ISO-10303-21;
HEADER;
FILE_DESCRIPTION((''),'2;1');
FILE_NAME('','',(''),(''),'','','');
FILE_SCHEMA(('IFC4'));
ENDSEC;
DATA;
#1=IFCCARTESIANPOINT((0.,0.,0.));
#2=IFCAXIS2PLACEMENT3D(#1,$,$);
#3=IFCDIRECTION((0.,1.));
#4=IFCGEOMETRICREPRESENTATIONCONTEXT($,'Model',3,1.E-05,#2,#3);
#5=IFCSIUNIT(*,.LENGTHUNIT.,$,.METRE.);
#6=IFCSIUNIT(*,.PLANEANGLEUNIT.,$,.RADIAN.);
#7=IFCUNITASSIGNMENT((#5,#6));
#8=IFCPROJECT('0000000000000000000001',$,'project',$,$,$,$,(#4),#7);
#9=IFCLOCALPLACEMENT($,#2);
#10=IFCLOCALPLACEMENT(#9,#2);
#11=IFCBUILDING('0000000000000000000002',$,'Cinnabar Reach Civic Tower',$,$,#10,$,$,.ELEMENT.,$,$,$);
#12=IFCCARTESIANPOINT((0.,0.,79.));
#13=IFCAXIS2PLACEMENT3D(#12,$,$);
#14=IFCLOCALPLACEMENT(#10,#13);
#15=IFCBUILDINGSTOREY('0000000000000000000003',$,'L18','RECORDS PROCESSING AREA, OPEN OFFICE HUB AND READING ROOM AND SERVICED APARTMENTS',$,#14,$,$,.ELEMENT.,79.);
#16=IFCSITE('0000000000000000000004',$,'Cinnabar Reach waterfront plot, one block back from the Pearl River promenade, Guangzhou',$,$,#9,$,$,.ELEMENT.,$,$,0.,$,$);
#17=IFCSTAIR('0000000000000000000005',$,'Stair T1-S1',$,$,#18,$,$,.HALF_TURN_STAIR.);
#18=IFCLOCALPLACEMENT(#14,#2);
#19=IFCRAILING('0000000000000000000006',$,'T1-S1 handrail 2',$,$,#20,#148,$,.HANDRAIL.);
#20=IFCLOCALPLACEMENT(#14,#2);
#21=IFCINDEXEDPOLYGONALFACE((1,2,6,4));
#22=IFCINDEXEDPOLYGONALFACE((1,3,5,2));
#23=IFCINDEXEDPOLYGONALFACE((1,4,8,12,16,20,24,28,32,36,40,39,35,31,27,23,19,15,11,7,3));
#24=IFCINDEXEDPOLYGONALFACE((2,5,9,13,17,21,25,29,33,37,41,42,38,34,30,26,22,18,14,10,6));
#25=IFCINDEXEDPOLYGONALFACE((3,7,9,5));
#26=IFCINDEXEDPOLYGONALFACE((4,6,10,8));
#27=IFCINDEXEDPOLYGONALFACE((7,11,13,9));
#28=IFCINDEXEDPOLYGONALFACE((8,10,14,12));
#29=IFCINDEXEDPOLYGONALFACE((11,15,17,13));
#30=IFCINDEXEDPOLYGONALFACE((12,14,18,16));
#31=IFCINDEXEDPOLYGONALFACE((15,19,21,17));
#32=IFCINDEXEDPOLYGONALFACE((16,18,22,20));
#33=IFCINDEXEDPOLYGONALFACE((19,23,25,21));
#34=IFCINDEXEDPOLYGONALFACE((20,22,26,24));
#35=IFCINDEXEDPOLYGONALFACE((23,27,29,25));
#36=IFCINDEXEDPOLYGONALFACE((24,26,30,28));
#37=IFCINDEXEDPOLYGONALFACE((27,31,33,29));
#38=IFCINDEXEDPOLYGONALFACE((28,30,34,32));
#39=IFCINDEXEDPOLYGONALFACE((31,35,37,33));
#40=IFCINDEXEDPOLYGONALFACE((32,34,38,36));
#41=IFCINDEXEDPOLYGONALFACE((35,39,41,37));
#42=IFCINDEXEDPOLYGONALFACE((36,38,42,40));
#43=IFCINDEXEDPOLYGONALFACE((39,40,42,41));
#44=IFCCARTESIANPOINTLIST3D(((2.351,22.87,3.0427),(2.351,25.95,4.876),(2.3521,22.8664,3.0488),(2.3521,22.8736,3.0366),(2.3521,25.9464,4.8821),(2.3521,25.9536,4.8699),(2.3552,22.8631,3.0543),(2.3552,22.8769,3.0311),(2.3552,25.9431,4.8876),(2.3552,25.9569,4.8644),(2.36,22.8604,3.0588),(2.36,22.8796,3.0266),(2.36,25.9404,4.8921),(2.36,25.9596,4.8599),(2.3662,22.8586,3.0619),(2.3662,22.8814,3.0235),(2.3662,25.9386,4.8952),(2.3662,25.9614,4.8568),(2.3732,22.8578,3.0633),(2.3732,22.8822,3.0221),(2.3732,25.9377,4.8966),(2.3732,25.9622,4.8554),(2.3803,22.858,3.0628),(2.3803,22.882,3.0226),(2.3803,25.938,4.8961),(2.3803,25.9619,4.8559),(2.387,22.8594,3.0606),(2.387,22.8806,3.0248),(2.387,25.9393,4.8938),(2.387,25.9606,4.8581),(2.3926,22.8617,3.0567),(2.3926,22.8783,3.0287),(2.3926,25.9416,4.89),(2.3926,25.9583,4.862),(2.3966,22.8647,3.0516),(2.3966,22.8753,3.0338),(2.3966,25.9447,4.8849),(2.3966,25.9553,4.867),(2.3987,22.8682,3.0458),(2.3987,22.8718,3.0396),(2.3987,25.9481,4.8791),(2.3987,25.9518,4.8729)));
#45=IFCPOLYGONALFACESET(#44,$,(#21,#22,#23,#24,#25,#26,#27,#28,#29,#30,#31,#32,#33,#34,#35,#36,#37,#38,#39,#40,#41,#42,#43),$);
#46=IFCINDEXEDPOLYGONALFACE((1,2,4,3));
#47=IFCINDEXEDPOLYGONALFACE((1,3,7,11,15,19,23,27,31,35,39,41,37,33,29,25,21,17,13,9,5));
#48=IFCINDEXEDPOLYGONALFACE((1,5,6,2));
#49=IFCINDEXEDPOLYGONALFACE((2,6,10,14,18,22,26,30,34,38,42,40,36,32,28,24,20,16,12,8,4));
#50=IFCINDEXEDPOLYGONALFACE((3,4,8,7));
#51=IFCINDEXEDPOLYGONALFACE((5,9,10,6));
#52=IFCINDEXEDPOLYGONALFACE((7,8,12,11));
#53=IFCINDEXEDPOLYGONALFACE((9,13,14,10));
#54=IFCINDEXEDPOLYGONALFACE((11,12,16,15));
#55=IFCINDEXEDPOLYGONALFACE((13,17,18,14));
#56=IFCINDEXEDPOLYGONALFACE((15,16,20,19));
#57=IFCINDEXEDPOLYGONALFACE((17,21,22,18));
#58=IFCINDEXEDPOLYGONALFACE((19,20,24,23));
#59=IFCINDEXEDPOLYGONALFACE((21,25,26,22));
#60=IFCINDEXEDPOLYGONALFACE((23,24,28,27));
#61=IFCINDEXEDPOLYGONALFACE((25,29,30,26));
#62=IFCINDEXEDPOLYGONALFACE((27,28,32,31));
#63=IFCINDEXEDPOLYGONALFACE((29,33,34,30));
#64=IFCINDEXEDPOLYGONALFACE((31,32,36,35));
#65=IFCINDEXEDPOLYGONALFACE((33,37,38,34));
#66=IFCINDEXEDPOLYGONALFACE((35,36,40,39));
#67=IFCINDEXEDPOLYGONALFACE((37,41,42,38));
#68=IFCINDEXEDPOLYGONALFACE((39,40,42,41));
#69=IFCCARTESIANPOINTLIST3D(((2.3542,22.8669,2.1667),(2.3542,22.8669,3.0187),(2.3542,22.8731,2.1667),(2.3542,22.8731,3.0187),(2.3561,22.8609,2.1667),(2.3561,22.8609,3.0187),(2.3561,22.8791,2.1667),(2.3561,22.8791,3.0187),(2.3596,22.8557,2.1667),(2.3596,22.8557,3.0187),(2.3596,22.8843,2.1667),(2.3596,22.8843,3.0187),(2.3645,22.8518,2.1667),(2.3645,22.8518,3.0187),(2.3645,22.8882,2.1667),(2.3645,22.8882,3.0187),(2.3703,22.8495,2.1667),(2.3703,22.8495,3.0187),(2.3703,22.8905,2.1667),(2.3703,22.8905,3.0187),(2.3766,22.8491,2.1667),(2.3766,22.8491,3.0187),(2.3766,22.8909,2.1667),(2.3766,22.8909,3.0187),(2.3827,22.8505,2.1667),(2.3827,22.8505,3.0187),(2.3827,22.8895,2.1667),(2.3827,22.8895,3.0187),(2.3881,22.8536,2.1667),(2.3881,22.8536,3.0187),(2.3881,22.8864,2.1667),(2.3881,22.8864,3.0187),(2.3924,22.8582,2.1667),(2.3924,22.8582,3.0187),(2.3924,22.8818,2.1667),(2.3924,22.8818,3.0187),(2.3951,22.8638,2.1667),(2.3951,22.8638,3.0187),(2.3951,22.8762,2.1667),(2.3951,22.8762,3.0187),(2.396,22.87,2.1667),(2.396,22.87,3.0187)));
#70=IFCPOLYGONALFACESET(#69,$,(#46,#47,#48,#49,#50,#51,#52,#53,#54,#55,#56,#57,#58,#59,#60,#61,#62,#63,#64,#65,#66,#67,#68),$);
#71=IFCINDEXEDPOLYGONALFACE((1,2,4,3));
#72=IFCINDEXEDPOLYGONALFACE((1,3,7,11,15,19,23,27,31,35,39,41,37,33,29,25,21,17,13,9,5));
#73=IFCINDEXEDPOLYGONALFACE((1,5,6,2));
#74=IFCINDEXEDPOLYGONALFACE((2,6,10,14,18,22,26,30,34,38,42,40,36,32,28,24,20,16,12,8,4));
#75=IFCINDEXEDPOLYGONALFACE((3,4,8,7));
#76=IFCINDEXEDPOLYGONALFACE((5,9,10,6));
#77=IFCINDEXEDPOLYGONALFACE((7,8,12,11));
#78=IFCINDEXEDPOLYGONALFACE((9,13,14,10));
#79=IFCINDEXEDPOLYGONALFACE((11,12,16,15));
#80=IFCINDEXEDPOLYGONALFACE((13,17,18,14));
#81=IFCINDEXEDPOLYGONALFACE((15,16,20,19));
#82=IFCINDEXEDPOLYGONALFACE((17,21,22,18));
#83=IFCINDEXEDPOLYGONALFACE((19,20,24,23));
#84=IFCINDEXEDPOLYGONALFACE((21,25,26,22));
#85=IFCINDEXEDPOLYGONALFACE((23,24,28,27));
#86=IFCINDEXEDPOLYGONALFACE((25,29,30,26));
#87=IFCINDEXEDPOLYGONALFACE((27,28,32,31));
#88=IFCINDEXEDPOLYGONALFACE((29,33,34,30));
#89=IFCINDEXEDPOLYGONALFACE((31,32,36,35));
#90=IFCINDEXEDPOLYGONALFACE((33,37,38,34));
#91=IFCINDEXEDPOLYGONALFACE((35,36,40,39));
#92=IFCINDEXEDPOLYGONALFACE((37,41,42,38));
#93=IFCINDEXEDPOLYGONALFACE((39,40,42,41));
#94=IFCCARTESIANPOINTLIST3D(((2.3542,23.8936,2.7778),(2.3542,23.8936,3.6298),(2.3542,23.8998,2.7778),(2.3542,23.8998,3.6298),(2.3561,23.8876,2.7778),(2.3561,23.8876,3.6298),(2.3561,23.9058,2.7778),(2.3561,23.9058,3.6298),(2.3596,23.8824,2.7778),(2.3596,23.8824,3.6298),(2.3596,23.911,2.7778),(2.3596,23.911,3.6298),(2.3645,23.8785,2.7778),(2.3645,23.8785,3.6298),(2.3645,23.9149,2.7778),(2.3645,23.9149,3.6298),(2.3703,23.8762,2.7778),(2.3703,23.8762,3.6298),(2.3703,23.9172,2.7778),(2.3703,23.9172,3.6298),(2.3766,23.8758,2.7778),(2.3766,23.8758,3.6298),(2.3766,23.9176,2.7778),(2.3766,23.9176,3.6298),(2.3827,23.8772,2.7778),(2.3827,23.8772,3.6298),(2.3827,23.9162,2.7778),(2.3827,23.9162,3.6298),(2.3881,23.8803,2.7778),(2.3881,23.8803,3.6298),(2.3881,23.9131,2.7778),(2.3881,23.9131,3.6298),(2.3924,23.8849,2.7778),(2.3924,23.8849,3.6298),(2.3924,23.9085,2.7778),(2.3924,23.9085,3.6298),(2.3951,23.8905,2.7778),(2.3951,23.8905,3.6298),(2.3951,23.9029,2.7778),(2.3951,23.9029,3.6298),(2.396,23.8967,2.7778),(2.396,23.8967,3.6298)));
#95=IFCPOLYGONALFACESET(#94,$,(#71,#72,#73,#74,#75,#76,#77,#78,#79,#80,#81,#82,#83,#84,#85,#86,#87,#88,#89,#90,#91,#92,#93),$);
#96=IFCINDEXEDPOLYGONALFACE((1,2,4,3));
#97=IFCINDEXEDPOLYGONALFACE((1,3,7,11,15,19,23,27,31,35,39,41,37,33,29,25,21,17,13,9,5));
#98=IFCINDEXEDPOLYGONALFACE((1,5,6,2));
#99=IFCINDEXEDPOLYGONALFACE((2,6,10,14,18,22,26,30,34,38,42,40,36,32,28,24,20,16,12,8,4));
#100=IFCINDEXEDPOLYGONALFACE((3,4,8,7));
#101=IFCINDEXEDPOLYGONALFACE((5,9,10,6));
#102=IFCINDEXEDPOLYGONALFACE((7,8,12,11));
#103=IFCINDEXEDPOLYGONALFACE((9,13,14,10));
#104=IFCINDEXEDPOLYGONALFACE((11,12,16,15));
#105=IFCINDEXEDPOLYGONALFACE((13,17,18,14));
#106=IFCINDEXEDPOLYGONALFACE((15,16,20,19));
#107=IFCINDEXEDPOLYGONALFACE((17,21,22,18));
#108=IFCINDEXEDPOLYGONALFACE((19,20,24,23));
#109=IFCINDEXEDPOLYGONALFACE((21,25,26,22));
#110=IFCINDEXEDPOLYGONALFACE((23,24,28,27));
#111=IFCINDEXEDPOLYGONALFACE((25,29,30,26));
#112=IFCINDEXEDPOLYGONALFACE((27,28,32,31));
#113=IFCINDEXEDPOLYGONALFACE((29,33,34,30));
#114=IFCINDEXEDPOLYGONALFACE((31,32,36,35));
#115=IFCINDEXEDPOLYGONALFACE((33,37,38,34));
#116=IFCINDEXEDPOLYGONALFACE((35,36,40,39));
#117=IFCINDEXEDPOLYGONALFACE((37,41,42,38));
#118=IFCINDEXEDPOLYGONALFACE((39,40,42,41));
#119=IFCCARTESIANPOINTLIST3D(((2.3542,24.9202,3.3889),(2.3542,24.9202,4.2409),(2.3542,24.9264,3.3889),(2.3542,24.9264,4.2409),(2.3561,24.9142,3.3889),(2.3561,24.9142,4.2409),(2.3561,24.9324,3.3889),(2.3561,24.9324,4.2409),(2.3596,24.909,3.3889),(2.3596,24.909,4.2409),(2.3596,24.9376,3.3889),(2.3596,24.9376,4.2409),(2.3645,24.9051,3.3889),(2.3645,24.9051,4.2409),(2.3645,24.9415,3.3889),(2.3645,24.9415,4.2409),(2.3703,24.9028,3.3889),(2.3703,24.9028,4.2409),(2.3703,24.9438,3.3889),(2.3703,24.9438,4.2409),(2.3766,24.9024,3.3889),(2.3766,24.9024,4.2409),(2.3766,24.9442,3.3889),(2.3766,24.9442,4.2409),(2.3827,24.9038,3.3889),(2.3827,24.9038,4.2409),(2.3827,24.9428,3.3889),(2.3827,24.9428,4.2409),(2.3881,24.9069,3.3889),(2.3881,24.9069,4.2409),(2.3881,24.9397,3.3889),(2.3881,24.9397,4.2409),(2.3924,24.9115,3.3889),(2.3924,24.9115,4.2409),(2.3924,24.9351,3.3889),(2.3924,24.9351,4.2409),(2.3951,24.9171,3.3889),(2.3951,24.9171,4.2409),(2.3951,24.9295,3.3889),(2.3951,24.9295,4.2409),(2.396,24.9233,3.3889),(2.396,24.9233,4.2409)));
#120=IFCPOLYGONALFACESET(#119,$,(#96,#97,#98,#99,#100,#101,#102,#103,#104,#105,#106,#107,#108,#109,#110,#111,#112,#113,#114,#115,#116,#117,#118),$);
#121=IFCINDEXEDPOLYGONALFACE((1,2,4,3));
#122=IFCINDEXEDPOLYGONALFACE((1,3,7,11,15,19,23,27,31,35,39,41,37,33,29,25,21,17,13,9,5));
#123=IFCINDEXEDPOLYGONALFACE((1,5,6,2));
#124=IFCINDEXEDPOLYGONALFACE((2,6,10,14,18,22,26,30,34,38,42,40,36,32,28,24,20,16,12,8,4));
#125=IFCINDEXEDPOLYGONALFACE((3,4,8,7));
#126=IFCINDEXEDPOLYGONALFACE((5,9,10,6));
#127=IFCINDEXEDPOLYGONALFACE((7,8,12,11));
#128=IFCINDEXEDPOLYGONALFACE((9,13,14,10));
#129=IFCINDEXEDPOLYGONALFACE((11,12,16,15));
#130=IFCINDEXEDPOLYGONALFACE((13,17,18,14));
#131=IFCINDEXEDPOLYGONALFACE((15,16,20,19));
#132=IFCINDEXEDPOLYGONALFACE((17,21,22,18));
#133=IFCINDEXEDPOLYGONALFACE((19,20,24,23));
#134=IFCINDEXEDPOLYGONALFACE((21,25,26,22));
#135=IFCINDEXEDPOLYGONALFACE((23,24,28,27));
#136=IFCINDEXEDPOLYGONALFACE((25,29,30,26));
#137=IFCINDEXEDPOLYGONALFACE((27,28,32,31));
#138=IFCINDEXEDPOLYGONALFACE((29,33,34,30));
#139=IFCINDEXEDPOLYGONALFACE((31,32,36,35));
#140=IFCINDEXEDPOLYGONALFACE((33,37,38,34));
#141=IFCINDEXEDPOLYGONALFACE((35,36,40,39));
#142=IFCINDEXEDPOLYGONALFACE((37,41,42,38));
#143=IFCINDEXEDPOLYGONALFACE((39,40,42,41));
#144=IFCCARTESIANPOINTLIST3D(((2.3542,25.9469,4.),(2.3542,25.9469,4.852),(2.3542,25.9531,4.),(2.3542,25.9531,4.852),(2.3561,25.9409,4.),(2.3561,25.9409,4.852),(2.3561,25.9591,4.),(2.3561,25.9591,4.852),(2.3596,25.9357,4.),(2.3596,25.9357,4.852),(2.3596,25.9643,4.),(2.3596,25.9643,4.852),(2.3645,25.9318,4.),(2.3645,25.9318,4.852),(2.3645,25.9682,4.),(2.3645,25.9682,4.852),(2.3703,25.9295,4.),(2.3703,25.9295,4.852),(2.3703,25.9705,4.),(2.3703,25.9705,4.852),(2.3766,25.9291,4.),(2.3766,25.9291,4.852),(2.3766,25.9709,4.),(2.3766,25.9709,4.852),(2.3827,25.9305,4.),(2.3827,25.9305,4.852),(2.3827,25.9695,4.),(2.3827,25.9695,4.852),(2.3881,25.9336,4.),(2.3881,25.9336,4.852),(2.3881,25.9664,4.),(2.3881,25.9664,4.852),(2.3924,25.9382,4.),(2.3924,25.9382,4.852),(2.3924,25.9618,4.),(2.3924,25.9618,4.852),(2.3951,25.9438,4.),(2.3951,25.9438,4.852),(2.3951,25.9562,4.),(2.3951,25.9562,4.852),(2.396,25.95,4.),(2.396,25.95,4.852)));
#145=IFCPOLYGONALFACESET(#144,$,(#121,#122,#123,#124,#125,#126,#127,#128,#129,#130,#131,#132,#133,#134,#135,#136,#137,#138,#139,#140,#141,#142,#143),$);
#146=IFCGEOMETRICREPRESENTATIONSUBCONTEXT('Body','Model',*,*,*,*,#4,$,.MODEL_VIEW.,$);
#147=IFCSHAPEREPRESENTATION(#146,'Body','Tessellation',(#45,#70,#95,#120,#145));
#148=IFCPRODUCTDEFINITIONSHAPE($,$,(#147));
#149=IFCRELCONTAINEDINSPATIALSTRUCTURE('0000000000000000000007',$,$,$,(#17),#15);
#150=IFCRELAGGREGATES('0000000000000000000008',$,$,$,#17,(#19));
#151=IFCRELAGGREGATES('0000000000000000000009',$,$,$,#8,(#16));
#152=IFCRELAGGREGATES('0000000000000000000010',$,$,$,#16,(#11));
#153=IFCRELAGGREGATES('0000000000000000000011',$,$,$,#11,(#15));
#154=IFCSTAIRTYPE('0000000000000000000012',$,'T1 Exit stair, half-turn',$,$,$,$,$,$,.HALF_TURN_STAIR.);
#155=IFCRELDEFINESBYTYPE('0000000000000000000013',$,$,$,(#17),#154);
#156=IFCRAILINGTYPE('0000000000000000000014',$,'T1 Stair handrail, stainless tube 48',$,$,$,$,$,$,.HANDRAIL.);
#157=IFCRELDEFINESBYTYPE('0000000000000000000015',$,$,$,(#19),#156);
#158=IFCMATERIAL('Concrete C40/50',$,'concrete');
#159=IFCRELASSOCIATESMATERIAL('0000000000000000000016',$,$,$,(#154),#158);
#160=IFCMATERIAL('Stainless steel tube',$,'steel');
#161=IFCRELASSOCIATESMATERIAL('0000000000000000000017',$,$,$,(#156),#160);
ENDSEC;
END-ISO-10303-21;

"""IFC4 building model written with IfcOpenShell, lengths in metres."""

from ifc_helpers import new_model, si_unit, direction, frame, origin, origin_2d, place, context, subcontext, project, spatial, circle, extrude, material, type_object, element, aggregate, save


model = new_model("IFC4")

# Units and contexts
model_context = context("Model", 3, precision=1e-05, world=origin(), true_north=direction((0.0, 1.0)))
body_context = subcontext(model_context, "Body", "Model", "MODEL_VIEW")
ifc_project = project(units=[si_unit("LENGTHUNIT", "METRE"), si_unit("PLANEANGLEUNIT", "RADIAN")], contexts=[model_context])

# Site, building, storey
site_placement = place(None, origin())
site = spatial("IfcSite", under=ifc_project, at=site_placement, Name="Cinnabar Reach waterfront plot, one block back from the Pearl River promenade, Guangzhou", CompositionType="ELEMENT", RefElevation=0.0)
building_placement = place(site_placement, origin())
building = spatial("IfcBuilding", under=site, at=building_placement, Name="Cinnabar Reach Civic Tower", CompositionType="ELEMENT")
storey_placement = place(building_placement, frame((0.0, 0.0, 79.0)))
storey = spatial("IfcBuildingStorey", under=building, at=storey_placement, Name="L18", Description="RECORDS PROCESSING AREA, OPEN OFFICE HUB AND READING ROOM AND SERVICED APARTMENTS", CompositionType="ELEMENT", Elevation=79.0)

# Stair, railing
ifc_material_1 = material(Name="Concrete C40/50", Category="concrete")
stair_type = type_object("IfcStairType", Name="T1 Exit stair, half-turn", PredefinedType="HALF_TURN_STAIR", material=ifc_material_1)
stair_placement = place(storey_placement, origin())
stair = element("IfcStair", 1, at=stair_placement, inside=storey, type_object=stair_type, Name="Stair T1-S1", PredefinedType="HALF_TURN_STAIR")
ifc_material_2 = material(Name="Stainless steel tube", Category="steel")
railing_type = type_object("IfcRailingType", Name="T1 Stair handrail, stainless tube 48", PredefinedType="HANDRAIL", material=ifc_material_2)
railing_placement = place(storey_placement, frame((2.375, 22.87, 2.1667)))
railing = element("IfcRailing", 2, at=railing_placement, type_object=railing_type, Name="T1-S1 handrail 2", PredefinedType="HANDRAIL", context=body_context, shape_type="SweptSolid", body=[
    extrude(circle(Radius=0.024, at=origin_2d()), frame((0.0, 0.0, 0.876), z_axis=(0.0, 0.859297, 0.511477), x_axis=(-1.0, 0.0, 0.0)), (0.0, 0.0, 1.0), 3.5843),
    extrude(circle(Radius=0.021, at=origin_2d()), origin(), (0.0, 0.0, 1.0), 0.852),
    extrude(circle(Radius=0.021, at=origin_2d()), frame((0.0, 1.0267, 0.6111)), (0.0, 0.0, 1.0), 0.852),
    extrude(circle(Radius=0.021, at=origin_2d()), frame((0.0, 2.0533, 1.2222)), (0.0, 0.0, 1.0), 0.852),
    extrude(circle(Radius=0.021, at=origin_2d()), frame((0.0, 3.08, 1.8333)), (0.0, 0.0, 1.0), 0.852),
])
aggregate(stair, [railing])

save(model, "model.ifc")
